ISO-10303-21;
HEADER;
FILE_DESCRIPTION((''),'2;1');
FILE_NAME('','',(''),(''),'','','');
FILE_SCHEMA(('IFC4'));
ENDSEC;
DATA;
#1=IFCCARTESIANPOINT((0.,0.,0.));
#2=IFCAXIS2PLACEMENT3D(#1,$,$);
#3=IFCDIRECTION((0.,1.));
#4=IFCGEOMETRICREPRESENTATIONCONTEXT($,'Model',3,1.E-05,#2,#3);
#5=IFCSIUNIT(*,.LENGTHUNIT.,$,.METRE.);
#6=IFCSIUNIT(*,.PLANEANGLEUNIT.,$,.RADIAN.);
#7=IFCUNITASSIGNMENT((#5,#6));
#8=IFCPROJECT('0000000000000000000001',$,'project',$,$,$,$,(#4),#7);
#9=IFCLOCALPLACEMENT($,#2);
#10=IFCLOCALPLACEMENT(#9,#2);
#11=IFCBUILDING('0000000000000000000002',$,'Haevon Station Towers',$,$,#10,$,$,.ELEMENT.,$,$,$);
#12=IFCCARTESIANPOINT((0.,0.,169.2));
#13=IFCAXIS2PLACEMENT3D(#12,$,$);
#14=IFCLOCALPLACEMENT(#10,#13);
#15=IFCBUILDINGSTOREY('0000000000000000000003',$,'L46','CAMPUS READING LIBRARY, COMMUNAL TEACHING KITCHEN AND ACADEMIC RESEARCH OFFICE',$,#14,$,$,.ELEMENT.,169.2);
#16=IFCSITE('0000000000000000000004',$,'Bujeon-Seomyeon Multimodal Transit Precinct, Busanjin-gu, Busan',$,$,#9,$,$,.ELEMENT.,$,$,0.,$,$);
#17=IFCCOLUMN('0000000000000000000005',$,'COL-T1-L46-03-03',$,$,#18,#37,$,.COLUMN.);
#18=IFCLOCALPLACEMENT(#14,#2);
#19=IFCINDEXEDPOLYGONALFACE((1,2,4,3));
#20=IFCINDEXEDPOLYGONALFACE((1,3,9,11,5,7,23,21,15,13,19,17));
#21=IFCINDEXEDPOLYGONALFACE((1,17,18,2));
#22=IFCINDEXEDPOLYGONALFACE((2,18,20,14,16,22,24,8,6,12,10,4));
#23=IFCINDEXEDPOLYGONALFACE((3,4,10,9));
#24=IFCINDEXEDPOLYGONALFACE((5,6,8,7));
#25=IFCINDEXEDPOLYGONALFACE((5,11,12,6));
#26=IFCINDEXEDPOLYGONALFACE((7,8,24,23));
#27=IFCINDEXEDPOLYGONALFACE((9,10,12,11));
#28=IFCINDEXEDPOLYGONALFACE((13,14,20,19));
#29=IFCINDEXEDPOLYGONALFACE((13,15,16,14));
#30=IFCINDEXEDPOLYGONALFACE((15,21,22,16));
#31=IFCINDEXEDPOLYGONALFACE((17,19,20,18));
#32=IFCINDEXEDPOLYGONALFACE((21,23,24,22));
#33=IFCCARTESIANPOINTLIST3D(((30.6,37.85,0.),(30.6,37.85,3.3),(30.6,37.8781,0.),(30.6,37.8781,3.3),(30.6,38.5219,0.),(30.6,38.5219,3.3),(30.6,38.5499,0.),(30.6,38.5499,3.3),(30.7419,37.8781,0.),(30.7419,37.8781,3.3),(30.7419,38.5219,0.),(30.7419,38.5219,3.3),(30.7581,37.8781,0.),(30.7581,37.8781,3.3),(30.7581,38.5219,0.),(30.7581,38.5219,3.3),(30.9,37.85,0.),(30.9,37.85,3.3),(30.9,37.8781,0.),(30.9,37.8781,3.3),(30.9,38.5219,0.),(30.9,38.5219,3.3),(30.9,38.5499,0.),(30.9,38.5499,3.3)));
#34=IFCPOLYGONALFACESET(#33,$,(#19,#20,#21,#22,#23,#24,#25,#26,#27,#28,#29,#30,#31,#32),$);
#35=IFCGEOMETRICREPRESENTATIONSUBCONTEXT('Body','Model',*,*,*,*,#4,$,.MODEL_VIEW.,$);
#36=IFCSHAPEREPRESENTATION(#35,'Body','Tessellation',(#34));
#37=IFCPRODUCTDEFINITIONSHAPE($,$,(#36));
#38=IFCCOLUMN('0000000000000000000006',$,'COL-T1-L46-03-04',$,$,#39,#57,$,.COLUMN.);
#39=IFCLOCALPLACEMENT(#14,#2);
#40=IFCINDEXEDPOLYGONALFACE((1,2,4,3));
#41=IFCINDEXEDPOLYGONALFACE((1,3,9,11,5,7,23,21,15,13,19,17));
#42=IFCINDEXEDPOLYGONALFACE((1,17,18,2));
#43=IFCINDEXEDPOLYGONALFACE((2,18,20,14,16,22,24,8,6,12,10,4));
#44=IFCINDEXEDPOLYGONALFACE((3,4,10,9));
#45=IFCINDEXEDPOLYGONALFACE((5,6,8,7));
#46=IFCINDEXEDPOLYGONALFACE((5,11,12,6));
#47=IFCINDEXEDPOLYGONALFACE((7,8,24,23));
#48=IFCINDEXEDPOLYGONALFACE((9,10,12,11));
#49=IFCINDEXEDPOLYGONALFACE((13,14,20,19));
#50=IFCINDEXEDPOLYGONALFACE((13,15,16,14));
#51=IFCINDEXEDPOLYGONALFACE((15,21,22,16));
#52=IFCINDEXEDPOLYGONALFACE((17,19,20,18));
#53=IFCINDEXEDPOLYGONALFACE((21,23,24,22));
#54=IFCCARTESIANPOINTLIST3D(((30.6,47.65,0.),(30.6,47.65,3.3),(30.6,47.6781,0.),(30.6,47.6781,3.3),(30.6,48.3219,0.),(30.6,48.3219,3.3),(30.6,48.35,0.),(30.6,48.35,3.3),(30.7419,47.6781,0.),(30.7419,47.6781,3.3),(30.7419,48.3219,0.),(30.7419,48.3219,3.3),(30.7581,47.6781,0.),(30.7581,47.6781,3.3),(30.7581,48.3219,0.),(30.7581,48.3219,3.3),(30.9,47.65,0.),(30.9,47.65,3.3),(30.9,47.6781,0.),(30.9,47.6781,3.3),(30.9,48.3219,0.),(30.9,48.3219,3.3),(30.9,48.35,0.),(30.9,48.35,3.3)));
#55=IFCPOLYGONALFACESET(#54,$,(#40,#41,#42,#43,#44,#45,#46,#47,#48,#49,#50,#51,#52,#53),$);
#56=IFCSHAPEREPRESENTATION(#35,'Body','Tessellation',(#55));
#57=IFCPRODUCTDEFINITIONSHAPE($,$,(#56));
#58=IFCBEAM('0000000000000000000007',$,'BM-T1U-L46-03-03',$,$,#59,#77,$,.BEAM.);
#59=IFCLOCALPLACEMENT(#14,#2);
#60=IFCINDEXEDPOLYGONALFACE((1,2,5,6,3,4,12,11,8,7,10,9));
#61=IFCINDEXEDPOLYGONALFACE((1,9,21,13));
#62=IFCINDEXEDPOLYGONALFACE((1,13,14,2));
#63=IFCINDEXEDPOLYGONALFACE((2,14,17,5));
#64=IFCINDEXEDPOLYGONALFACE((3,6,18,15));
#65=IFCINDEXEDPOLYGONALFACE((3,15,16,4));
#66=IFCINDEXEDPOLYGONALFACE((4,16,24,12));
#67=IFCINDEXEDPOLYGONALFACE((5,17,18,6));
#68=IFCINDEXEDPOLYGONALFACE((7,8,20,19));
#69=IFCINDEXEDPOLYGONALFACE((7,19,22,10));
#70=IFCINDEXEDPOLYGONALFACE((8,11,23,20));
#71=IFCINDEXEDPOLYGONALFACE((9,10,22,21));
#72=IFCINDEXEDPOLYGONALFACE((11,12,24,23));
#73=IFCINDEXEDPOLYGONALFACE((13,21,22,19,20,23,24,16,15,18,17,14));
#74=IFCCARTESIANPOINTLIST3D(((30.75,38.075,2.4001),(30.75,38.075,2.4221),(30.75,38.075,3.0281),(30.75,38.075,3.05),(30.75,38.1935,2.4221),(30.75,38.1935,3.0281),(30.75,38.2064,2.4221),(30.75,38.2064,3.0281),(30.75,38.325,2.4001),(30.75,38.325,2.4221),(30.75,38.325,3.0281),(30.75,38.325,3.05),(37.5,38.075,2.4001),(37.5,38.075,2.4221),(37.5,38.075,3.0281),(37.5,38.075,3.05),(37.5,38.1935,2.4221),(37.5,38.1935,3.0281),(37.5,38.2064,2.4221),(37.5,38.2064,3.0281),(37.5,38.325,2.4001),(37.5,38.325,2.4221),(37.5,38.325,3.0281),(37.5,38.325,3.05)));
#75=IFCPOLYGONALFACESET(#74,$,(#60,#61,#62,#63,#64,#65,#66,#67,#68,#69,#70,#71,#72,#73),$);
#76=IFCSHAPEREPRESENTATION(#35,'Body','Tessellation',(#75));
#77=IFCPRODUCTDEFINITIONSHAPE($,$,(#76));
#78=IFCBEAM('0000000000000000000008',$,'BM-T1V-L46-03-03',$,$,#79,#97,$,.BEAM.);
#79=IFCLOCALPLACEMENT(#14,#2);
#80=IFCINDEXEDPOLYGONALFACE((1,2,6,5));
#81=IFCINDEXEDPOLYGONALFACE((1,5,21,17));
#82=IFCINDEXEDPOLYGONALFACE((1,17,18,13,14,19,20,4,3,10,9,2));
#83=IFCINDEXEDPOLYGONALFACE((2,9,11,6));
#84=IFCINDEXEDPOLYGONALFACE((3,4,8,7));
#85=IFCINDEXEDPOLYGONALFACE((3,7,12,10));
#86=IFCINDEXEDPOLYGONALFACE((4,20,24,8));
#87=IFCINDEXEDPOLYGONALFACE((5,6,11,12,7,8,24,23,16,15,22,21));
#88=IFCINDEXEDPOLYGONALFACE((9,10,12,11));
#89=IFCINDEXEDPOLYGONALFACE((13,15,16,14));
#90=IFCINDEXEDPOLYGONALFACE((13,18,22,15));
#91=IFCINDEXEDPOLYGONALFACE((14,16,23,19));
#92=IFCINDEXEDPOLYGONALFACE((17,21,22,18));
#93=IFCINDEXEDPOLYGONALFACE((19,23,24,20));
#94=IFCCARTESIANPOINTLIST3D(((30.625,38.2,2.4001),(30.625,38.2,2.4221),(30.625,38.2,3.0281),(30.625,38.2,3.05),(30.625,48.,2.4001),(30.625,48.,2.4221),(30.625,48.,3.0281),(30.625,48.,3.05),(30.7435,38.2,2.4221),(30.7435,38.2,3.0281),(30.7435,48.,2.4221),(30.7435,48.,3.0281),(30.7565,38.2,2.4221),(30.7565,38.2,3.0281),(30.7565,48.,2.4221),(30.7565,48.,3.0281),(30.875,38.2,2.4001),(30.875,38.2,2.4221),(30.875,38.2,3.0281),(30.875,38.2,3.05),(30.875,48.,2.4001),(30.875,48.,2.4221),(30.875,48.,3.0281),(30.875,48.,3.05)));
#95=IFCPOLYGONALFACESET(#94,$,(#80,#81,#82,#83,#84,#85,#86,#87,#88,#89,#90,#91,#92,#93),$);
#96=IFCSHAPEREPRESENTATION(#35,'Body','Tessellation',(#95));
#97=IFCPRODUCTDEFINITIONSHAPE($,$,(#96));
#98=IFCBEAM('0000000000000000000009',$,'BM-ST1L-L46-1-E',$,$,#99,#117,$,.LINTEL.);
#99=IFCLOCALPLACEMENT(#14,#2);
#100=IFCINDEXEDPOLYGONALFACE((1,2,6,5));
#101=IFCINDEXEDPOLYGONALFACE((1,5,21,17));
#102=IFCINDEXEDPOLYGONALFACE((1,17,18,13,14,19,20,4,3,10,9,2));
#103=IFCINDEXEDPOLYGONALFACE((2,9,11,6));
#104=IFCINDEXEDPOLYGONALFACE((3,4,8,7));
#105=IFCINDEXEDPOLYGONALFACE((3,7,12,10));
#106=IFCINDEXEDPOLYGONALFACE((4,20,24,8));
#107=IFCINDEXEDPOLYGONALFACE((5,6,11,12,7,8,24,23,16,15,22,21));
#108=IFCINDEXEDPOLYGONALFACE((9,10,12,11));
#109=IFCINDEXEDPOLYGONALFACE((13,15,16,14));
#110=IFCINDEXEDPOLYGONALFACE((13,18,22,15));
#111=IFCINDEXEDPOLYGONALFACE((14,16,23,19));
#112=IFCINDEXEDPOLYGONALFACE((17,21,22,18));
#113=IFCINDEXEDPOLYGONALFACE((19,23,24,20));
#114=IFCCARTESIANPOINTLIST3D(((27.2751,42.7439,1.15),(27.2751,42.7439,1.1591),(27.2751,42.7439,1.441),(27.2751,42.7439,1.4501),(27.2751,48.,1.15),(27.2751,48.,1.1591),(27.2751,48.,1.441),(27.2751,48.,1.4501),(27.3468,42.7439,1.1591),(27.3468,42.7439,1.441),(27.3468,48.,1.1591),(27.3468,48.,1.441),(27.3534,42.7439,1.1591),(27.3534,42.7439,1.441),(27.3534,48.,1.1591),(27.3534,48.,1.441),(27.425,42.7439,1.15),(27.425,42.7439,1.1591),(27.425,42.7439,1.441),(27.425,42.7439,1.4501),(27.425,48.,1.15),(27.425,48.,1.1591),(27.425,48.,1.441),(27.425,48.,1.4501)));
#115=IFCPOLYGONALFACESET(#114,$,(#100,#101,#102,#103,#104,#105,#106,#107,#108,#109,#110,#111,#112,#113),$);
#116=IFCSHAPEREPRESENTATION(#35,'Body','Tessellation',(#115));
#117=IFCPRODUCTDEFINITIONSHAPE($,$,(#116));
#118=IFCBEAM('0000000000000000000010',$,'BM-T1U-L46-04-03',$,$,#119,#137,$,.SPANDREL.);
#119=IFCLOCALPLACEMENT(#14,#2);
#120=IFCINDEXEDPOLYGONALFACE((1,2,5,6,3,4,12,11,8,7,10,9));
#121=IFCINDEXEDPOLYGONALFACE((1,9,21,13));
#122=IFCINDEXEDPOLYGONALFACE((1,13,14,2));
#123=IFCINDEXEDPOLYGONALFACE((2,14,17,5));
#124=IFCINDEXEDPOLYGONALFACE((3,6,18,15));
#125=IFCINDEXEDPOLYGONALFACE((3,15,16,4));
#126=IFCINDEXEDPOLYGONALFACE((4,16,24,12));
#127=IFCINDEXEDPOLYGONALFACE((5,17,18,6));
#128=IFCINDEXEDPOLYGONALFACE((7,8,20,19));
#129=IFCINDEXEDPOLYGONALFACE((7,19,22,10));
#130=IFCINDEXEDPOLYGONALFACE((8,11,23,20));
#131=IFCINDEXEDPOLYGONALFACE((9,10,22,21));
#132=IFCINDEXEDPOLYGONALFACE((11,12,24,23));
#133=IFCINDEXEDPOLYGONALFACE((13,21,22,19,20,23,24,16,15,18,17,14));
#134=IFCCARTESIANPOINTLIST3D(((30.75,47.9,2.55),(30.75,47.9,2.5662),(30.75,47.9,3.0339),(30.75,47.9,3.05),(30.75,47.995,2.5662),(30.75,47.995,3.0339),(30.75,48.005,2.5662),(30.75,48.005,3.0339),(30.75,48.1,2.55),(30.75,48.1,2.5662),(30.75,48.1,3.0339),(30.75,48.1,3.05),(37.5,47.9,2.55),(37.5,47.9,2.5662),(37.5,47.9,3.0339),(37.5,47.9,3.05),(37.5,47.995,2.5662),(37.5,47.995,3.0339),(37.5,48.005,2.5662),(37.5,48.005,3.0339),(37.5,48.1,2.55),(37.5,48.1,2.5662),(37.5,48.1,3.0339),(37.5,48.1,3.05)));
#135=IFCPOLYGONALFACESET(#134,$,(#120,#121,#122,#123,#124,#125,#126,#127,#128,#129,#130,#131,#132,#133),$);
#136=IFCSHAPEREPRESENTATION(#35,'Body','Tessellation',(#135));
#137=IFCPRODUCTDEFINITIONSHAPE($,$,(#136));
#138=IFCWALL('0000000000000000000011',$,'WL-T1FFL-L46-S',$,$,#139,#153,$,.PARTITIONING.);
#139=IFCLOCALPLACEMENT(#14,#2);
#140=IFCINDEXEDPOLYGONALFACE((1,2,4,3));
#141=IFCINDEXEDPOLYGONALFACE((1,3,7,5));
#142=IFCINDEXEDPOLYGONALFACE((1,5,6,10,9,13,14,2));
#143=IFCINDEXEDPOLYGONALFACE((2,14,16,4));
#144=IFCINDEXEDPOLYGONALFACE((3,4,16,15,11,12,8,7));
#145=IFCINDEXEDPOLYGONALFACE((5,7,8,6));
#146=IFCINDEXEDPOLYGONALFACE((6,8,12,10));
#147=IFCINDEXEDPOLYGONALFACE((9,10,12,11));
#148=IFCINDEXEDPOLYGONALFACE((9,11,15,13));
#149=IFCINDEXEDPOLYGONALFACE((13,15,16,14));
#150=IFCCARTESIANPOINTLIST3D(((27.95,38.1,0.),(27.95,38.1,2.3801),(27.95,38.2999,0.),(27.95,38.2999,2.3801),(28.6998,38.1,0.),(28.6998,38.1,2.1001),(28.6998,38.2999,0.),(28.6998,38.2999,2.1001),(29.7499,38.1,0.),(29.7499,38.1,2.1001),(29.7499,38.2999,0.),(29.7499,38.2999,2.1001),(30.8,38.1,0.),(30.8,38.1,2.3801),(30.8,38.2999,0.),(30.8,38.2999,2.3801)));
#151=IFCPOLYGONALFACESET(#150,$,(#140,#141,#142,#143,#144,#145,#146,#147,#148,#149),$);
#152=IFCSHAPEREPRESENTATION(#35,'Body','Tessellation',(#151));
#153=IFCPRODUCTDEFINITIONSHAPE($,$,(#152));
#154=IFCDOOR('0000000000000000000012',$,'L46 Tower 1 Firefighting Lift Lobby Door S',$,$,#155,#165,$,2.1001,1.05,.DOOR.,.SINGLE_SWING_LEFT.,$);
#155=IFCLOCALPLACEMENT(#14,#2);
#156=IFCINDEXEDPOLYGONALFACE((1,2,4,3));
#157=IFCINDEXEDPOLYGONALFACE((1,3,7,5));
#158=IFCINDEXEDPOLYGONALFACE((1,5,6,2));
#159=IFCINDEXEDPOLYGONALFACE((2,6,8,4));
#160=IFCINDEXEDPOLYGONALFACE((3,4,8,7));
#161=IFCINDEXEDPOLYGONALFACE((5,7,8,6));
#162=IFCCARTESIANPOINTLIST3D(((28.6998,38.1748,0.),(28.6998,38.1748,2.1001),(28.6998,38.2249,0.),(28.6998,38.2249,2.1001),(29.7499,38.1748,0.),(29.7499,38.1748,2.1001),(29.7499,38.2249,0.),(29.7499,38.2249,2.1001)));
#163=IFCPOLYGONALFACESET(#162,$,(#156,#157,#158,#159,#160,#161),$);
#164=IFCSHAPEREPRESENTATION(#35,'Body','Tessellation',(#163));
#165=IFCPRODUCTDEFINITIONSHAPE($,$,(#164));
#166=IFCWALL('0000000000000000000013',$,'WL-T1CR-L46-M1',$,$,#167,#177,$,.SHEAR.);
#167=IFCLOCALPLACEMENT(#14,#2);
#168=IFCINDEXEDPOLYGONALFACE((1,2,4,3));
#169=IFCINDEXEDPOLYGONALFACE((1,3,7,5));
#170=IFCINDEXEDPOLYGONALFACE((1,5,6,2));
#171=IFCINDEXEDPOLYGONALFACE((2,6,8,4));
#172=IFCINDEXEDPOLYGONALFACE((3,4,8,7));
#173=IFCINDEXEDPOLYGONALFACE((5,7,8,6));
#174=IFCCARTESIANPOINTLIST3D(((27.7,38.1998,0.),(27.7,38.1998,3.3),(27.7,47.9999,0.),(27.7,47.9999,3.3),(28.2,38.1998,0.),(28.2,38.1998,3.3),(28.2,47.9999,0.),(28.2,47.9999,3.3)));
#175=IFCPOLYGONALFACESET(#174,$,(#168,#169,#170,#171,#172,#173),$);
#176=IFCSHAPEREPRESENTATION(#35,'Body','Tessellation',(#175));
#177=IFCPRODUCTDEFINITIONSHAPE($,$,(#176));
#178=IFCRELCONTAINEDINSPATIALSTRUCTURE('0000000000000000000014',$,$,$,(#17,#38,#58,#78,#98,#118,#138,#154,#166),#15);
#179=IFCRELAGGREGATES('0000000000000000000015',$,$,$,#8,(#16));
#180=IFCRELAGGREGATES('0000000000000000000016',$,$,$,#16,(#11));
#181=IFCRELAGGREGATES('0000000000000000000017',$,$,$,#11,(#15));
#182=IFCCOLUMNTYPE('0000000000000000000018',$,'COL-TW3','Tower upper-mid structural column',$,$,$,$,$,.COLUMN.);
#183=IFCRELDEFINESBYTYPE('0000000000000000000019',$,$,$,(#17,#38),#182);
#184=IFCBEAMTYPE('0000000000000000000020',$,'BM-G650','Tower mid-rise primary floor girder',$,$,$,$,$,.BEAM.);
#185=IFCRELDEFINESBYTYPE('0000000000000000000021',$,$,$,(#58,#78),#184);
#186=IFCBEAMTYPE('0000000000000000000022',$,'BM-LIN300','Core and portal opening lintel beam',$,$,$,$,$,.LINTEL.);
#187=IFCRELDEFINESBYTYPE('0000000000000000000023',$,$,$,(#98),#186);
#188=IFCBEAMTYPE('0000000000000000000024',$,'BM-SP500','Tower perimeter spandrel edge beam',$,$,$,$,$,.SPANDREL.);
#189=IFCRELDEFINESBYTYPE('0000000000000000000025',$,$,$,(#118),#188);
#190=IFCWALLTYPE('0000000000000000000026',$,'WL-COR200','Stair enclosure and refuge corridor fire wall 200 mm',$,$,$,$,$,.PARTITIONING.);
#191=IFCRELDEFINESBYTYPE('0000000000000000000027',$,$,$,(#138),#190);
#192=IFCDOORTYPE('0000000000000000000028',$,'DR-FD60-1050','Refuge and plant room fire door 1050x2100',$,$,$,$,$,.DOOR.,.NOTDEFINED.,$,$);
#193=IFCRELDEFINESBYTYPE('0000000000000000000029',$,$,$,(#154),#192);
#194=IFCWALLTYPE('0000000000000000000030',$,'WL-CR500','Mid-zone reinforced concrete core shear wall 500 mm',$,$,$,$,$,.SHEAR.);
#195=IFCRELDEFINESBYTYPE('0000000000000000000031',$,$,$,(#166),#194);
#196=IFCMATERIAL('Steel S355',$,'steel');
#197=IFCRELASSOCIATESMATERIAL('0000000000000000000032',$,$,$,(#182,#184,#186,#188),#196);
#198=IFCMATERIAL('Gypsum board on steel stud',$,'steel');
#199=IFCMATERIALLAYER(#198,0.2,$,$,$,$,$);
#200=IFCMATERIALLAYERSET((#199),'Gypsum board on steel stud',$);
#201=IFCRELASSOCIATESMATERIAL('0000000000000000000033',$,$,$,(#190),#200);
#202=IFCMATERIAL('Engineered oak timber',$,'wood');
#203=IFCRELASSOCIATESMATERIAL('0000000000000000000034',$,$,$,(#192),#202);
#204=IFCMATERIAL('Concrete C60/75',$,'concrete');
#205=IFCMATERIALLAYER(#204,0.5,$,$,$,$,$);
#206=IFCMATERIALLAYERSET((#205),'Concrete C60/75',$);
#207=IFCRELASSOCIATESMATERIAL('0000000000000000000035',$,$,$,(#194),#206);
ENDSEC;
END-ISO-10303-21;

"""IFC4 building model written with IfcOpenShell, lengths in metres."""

from ifc_helpers import new_model, si_unit, direction, frame, frame_2d, origin, origin_2d, place, context, subcontext, project, spatial, rectangle, i_section, extrude, material, layer, layer_set, material_profile, profile_set, type_object, element, fill, save


model = new_model("IFC4")

# Units and contexts
model_context = context("Model", 3, precision=1e-05, world=origin(), true_north=direction((0.0, 1.0)))
body_context = subcontext(model_context, "Body", "Model", "MODEL_VIEW")
ifc_project = project(units=[si_unit("LENGTHUNIT", "METRE"), si_unit("PLANEANGLEUNIT", "RADIAN")], contexts=[model_context])

# Site, building, storey
site_placement = place(None, origin())
site = spatial("IfcSite", under=ifc_project, at=site_placement, Name="Bujeon-Seomyeon Multimodal Transit Precinct, Busanjin-gu, Busan", CompositionType="ELEMENT", RefElevation=0.0)
building_placement = place(site_placement, origin())
building = spatial("IfcBuilding", under=site, at=building_placement, Name="Haevon Station Towers", CompositionType="ELEMENT")
storey_placement = place(building_placement, frame((0.0, 0.0, 169.2)))
storey = spatial("IfcBuildingStorey", under=building, at=storey_placement, Name="L46", Description="CAMPUS READING LIBRARY, COMMUNAL TEACHING KITCHEN AND ACADEMIC RESEARCH OFFICE", CompositionType="ELEMENT", Elevation=169.2)

# Columns
ifc_material_1 = material(Name="Steel S355", Category="steel")
ifc_material_profile_1 = material_profile(ifc_material_1, i_section(OverallWidth=0.3, OverallDepth=0.7, WebThickness=0.0161, FlangeThickness=0.0281, at=origin_2d()), Name="H-700x300x16x28")
ifc_profile_set_1 = profile_set([ifc_material_profile_1], Name="Steel S355")
column_type = type_object("IfcColumnType", Name="COL-TW3", Description="Tower upper-mid structural column", PredefinedType="COLUMN", material=ifc_profile_set_1)
for number, where, z_axis, x_axis, name in (
    (1, (30.75, 38.2, 0.0), (0.0, 0.0, 1.0), (1.0, 0.0, 0.0), "COL-T1-L46-03-03"),
    (2, (30.75, 48.0, 0.0), (0.0, 0.0, 1.0), (1.0, 0.0, 0.0), "COL-T1-L46-03-04"),
):
    element("IfcColumn", number, at=place(storey_placement, frame(where, z_axis=z_axis, x_axis=x_axis)), inside=storey, type_object=column_type, Name=name, PredefinedType="COLUMN", context=body_context, shape_type="SweptSolid", body=[
        extrude(i_section(OverallWidth=0.3, OverallDepth=0.7, WebThickness=0.0161, FlangeThickness=0.0281, at=origin_2d()), origin(), (0.0, 0.0, 1.0), 3.3),
    ])

# Beams
ifc_material_profile_2 = material_profile(ifc_material_1, i_section(OverallWidth=0.25, OverallDepth=0.6499, WebThickness=0.0129, FlangeThickness=0.022, at=origin_2d()), Name="H-650x250x13x22")
ifc_profile_set_2 = profile_set([ifc_material_profile_2], Name="Steel S355")
beam_type_1 = type_object("IfcBeamType", Name="BM-G650", Description="Tower mid-rise primary floor girder", PredefinedType="BEAM", material=ifc_profile_set_2)
beam_1_placement = place(storey_placement, frame((30.75, 38.2, 2.7251), z_axis=(1.0, 0.0, 0.0), x_axis=(0.0, 1.0, 0.0)))
element("IfcBeam", 3, at=beam_1_placement, inside=storey, type_object=beam_type_1, Name="BM-T1U-L46-03-03", PredefinedType="BEAM", context=body_context, shape_type="SweptSolid", body=[
    extrude(i_section(OverallWidth=0.25, OverallDepth=0.6499, WebThickness=0.0129, FlangeThickness=0.022, at=origin_2d()), origin(), (0.0, 0.0, 1.0), 6.75),
])
beam_2_placement = place(storey_placement, frame((30.75, 38.2, 2.7251), z_axis=(0.0, 1.0, 0.0), x_axis=(-1.0, 0.0, 0.0)))
element("IfcBeam", 4, at=beam_2_placement, inside=storey, type_object=beam_type_1, Name="BM-T1V-L46-03-03", PredefinedType="BEAM", context=body_context, shape_type="SweptSolid", body=[
    extrude(i_section(OverallWidth=0.25, OverallDepth=0.6499, WebThickness=0.0129, FlangeThickness=0.022, at=origin_2d()), origin(), (0.0, 0.0, 1.0), 9.8),
])
ifc_material_profile_3 = material_profile(ifc_material_1, i_section(OverallWidth=0.1499, OverallDepth=0.3, WebThickness=0.0066, FlangeThickness=0.009, at=origin_2d()), Name="H-300x150x6.5x9")
ifc_profile_set_3 = profile_set([ifc_material_profile_3], Name="Steel S355")
beam_type_2 = type_object("IfcBeamType", Name="BM-LIN300", Description="Core and portal opening lintel beam", PredefinedType="LINTEL", material=ifc_profile_set_3)
beam_3_placement = place(storey_placement, frame((27.3501, 42.7439, 1.3), z_axis=(0.0, 1.0, 0.0), x_axis=(-1.0, 0.0, 0.0)))
element("IfcBeam", 5, at=beam_3_placement, inside=storey, type_object=beam_type_2, Name="BM-ST1L-L46-1-E", PredefinedType="LINTEL", context=body_context, shape_type="SweptSolid", body=[
    extrude(i_section(OverallWidth=0.1499, OverallDepth=0.3, WebThickness=0.0066, FlangeThickness=0.009, at=origin_2d()), origin(), (0.0, 0.0, 1.0), 5.2561),
])
ifc_material_profile_4 = material_profile(ifc_material_1, i_section(OverallWidth=0.2, OverallDepth=0.5, WebThickness=0.01, FlangeThickness=0.0161, at=origin_2d()), Name="H-500x200x10x16")
ifc_profile_set_4 = profile_set([ifc_material_profile_4], Name="Steel S355")
beam_type_3 = type_object("IfcBeamType", Name="BM-SP500", Description="Tower perimeter spandrel edge beam", PredefinedType="SPANDREL", material=ifc_profile_set_4)
beam_4_placement = place(storey_placement, frame((30.75, 48.0, 2.8), z_axis=(1.0, 0.0, 0.0), x_axis=(0.0, 1.0, 0.0)))
element("IfcBeam", 6, at=beam_4_placement, inside=storey, type_object=beam_type_3, Name="BM-T1U-L46-04-03", PredefinedType="SPANDREL", context=body_context, shape_type="SweptSolid", body=[
    extrude(i_section(OverallWidth=0.2, OverallDepth=0.5, WebThickness=0.01, FlangeThickness=0.0161, at=origin_2d()), origin(), (0.0, 0.0, 1.0), 6.75),
])

# Wall, opening, door
ifc_material_2 = material(Name="Gypsum board on steel stud", Category="steel")
ifc_layer_1 = layer(ifc_material_2, 0.2)
ifc_layer_set_1 = layer_set([ifc_layer_1], Name="Gypsum board on steel stud")
wall_type_1 = type_object("IfcWallType", Name="WL-COR200", Description="Stair enclosure and refuge corridor fire wall 200 mm", PredefinedType="PARTITIONING", material=ifc_layer_set_1)
wall_1_placement = place(storey_placement, frame((27.95, 38.2, 0.0), z_axis=(0.0, 0.0, 1.0), x_axis=(1.0, 0.0, 0.0)))
wall_1 = element("IfcWall", 7, at=wall_1_placement, inside=storey, type_object=wall_type_1, Name="WL-T1FFL-L46-S", PredefinedType="PARTITIONING", context=body_context, shape_type="SweptSolid", body=[
    extrude(rectangle(XDim=2.8501, YDim=0.2, at=frame_2d((1.425, 0.0))), origin(), (0.0, 0.0, 1.0), 2.3801),
])
opening_1_placement = place(wall_1_placement, frame((0.75, 0.0, 0.0)))
opening_1 = element("IfcOpeningElement", 8, at=opening_1_placement, cuts=wall_1, PredefinedType="OPENING", context=body_context, shape_type="SweptSolid", body=[
    extrude(rectangle(XDim=1.05, YDim=2.1001, at=frame_2d((0.5249, 1.05))), frame((0.0, 0.1099, 0.0), z_axis=(0.0, -1.0, 0.0), x_axis=(1.0, 0.0, 0.0)), (0.0, 0.0, 1.0), 0.22),
])
ifc_material_3 = material(Name="Engineered oak timber", Category="wood")
door_type_1 = type_object("IfcDoorType", Name="DR-FD60-1050", Description="Refuge and plant room fire door 1050x2100", OperationType="NOTDEFINED", PredefinedType="DOOR", material=ifc_material_3)
door_1_placement = place(opening_1_placement, origin())
door_1 = element("IfcDoor", 9, at=door_1_placement, inside=storey, type_object=door_type_1, Name="L46 Tower 1 Firefighting Lift Lobby Door S", OperationType="SINGLE_SWING_LEFT", OverallHeight=2.1001, OverallWidth=1.05, PredefinedType="DOOR", context=body_context, shape_type="SweptSolid", body=[
    extrude(rectangle(XDim=1.05, YDim=2.1001, at=frame_2d((0.5249, 1.05))), frame((0.0, 0.0249, 0.0), z_axis=(0.0, -1.0, 0.0), x_axis=(1.0, 0.0, 0.0)), (0.0, 0.0, 1.0), 0.05),
])
fill(opening_1, door_1)

# Wall
ifc_material_4 = material(Name="Concrete C60/75", Category="concrete")
ifc_layer_2 = layer(ifc_material_4, 0.5)
ifc_layer_set_2 = layer_set([ifc_layer_2], Name="Concrete C60/75")
wall_type_2 = type_object("IfcWallType", Name="WL-CR500", Description="Mid-zone reinforced concrete core shear wall 500 mm", PredefinedType="SHEAR", material=ifc_layer_set_2)
wall_2_placement = place(storey_placement, frame((27.95, 38.2, 0.0), z_axis=(0.0, 0.0, 1.0), x_axis=(0.0, 1.0, 0.0)))
element("IfcWall", 10, at=wall_2_placement, inside=storey, type_object=wall_type_2, Name="WL-T1CR-L46-M1", PredefinedType="SHEAR", context=body_context, shape_type="SweptSolid", body=[
    extrude(rectangle(XDim=9.8, YDim=0.5, at=frame_2d((4.8999, 0.0))), origin(), (0.0, 0.0, 1.0), 3.3),
])

save(model, "model.ifc")
